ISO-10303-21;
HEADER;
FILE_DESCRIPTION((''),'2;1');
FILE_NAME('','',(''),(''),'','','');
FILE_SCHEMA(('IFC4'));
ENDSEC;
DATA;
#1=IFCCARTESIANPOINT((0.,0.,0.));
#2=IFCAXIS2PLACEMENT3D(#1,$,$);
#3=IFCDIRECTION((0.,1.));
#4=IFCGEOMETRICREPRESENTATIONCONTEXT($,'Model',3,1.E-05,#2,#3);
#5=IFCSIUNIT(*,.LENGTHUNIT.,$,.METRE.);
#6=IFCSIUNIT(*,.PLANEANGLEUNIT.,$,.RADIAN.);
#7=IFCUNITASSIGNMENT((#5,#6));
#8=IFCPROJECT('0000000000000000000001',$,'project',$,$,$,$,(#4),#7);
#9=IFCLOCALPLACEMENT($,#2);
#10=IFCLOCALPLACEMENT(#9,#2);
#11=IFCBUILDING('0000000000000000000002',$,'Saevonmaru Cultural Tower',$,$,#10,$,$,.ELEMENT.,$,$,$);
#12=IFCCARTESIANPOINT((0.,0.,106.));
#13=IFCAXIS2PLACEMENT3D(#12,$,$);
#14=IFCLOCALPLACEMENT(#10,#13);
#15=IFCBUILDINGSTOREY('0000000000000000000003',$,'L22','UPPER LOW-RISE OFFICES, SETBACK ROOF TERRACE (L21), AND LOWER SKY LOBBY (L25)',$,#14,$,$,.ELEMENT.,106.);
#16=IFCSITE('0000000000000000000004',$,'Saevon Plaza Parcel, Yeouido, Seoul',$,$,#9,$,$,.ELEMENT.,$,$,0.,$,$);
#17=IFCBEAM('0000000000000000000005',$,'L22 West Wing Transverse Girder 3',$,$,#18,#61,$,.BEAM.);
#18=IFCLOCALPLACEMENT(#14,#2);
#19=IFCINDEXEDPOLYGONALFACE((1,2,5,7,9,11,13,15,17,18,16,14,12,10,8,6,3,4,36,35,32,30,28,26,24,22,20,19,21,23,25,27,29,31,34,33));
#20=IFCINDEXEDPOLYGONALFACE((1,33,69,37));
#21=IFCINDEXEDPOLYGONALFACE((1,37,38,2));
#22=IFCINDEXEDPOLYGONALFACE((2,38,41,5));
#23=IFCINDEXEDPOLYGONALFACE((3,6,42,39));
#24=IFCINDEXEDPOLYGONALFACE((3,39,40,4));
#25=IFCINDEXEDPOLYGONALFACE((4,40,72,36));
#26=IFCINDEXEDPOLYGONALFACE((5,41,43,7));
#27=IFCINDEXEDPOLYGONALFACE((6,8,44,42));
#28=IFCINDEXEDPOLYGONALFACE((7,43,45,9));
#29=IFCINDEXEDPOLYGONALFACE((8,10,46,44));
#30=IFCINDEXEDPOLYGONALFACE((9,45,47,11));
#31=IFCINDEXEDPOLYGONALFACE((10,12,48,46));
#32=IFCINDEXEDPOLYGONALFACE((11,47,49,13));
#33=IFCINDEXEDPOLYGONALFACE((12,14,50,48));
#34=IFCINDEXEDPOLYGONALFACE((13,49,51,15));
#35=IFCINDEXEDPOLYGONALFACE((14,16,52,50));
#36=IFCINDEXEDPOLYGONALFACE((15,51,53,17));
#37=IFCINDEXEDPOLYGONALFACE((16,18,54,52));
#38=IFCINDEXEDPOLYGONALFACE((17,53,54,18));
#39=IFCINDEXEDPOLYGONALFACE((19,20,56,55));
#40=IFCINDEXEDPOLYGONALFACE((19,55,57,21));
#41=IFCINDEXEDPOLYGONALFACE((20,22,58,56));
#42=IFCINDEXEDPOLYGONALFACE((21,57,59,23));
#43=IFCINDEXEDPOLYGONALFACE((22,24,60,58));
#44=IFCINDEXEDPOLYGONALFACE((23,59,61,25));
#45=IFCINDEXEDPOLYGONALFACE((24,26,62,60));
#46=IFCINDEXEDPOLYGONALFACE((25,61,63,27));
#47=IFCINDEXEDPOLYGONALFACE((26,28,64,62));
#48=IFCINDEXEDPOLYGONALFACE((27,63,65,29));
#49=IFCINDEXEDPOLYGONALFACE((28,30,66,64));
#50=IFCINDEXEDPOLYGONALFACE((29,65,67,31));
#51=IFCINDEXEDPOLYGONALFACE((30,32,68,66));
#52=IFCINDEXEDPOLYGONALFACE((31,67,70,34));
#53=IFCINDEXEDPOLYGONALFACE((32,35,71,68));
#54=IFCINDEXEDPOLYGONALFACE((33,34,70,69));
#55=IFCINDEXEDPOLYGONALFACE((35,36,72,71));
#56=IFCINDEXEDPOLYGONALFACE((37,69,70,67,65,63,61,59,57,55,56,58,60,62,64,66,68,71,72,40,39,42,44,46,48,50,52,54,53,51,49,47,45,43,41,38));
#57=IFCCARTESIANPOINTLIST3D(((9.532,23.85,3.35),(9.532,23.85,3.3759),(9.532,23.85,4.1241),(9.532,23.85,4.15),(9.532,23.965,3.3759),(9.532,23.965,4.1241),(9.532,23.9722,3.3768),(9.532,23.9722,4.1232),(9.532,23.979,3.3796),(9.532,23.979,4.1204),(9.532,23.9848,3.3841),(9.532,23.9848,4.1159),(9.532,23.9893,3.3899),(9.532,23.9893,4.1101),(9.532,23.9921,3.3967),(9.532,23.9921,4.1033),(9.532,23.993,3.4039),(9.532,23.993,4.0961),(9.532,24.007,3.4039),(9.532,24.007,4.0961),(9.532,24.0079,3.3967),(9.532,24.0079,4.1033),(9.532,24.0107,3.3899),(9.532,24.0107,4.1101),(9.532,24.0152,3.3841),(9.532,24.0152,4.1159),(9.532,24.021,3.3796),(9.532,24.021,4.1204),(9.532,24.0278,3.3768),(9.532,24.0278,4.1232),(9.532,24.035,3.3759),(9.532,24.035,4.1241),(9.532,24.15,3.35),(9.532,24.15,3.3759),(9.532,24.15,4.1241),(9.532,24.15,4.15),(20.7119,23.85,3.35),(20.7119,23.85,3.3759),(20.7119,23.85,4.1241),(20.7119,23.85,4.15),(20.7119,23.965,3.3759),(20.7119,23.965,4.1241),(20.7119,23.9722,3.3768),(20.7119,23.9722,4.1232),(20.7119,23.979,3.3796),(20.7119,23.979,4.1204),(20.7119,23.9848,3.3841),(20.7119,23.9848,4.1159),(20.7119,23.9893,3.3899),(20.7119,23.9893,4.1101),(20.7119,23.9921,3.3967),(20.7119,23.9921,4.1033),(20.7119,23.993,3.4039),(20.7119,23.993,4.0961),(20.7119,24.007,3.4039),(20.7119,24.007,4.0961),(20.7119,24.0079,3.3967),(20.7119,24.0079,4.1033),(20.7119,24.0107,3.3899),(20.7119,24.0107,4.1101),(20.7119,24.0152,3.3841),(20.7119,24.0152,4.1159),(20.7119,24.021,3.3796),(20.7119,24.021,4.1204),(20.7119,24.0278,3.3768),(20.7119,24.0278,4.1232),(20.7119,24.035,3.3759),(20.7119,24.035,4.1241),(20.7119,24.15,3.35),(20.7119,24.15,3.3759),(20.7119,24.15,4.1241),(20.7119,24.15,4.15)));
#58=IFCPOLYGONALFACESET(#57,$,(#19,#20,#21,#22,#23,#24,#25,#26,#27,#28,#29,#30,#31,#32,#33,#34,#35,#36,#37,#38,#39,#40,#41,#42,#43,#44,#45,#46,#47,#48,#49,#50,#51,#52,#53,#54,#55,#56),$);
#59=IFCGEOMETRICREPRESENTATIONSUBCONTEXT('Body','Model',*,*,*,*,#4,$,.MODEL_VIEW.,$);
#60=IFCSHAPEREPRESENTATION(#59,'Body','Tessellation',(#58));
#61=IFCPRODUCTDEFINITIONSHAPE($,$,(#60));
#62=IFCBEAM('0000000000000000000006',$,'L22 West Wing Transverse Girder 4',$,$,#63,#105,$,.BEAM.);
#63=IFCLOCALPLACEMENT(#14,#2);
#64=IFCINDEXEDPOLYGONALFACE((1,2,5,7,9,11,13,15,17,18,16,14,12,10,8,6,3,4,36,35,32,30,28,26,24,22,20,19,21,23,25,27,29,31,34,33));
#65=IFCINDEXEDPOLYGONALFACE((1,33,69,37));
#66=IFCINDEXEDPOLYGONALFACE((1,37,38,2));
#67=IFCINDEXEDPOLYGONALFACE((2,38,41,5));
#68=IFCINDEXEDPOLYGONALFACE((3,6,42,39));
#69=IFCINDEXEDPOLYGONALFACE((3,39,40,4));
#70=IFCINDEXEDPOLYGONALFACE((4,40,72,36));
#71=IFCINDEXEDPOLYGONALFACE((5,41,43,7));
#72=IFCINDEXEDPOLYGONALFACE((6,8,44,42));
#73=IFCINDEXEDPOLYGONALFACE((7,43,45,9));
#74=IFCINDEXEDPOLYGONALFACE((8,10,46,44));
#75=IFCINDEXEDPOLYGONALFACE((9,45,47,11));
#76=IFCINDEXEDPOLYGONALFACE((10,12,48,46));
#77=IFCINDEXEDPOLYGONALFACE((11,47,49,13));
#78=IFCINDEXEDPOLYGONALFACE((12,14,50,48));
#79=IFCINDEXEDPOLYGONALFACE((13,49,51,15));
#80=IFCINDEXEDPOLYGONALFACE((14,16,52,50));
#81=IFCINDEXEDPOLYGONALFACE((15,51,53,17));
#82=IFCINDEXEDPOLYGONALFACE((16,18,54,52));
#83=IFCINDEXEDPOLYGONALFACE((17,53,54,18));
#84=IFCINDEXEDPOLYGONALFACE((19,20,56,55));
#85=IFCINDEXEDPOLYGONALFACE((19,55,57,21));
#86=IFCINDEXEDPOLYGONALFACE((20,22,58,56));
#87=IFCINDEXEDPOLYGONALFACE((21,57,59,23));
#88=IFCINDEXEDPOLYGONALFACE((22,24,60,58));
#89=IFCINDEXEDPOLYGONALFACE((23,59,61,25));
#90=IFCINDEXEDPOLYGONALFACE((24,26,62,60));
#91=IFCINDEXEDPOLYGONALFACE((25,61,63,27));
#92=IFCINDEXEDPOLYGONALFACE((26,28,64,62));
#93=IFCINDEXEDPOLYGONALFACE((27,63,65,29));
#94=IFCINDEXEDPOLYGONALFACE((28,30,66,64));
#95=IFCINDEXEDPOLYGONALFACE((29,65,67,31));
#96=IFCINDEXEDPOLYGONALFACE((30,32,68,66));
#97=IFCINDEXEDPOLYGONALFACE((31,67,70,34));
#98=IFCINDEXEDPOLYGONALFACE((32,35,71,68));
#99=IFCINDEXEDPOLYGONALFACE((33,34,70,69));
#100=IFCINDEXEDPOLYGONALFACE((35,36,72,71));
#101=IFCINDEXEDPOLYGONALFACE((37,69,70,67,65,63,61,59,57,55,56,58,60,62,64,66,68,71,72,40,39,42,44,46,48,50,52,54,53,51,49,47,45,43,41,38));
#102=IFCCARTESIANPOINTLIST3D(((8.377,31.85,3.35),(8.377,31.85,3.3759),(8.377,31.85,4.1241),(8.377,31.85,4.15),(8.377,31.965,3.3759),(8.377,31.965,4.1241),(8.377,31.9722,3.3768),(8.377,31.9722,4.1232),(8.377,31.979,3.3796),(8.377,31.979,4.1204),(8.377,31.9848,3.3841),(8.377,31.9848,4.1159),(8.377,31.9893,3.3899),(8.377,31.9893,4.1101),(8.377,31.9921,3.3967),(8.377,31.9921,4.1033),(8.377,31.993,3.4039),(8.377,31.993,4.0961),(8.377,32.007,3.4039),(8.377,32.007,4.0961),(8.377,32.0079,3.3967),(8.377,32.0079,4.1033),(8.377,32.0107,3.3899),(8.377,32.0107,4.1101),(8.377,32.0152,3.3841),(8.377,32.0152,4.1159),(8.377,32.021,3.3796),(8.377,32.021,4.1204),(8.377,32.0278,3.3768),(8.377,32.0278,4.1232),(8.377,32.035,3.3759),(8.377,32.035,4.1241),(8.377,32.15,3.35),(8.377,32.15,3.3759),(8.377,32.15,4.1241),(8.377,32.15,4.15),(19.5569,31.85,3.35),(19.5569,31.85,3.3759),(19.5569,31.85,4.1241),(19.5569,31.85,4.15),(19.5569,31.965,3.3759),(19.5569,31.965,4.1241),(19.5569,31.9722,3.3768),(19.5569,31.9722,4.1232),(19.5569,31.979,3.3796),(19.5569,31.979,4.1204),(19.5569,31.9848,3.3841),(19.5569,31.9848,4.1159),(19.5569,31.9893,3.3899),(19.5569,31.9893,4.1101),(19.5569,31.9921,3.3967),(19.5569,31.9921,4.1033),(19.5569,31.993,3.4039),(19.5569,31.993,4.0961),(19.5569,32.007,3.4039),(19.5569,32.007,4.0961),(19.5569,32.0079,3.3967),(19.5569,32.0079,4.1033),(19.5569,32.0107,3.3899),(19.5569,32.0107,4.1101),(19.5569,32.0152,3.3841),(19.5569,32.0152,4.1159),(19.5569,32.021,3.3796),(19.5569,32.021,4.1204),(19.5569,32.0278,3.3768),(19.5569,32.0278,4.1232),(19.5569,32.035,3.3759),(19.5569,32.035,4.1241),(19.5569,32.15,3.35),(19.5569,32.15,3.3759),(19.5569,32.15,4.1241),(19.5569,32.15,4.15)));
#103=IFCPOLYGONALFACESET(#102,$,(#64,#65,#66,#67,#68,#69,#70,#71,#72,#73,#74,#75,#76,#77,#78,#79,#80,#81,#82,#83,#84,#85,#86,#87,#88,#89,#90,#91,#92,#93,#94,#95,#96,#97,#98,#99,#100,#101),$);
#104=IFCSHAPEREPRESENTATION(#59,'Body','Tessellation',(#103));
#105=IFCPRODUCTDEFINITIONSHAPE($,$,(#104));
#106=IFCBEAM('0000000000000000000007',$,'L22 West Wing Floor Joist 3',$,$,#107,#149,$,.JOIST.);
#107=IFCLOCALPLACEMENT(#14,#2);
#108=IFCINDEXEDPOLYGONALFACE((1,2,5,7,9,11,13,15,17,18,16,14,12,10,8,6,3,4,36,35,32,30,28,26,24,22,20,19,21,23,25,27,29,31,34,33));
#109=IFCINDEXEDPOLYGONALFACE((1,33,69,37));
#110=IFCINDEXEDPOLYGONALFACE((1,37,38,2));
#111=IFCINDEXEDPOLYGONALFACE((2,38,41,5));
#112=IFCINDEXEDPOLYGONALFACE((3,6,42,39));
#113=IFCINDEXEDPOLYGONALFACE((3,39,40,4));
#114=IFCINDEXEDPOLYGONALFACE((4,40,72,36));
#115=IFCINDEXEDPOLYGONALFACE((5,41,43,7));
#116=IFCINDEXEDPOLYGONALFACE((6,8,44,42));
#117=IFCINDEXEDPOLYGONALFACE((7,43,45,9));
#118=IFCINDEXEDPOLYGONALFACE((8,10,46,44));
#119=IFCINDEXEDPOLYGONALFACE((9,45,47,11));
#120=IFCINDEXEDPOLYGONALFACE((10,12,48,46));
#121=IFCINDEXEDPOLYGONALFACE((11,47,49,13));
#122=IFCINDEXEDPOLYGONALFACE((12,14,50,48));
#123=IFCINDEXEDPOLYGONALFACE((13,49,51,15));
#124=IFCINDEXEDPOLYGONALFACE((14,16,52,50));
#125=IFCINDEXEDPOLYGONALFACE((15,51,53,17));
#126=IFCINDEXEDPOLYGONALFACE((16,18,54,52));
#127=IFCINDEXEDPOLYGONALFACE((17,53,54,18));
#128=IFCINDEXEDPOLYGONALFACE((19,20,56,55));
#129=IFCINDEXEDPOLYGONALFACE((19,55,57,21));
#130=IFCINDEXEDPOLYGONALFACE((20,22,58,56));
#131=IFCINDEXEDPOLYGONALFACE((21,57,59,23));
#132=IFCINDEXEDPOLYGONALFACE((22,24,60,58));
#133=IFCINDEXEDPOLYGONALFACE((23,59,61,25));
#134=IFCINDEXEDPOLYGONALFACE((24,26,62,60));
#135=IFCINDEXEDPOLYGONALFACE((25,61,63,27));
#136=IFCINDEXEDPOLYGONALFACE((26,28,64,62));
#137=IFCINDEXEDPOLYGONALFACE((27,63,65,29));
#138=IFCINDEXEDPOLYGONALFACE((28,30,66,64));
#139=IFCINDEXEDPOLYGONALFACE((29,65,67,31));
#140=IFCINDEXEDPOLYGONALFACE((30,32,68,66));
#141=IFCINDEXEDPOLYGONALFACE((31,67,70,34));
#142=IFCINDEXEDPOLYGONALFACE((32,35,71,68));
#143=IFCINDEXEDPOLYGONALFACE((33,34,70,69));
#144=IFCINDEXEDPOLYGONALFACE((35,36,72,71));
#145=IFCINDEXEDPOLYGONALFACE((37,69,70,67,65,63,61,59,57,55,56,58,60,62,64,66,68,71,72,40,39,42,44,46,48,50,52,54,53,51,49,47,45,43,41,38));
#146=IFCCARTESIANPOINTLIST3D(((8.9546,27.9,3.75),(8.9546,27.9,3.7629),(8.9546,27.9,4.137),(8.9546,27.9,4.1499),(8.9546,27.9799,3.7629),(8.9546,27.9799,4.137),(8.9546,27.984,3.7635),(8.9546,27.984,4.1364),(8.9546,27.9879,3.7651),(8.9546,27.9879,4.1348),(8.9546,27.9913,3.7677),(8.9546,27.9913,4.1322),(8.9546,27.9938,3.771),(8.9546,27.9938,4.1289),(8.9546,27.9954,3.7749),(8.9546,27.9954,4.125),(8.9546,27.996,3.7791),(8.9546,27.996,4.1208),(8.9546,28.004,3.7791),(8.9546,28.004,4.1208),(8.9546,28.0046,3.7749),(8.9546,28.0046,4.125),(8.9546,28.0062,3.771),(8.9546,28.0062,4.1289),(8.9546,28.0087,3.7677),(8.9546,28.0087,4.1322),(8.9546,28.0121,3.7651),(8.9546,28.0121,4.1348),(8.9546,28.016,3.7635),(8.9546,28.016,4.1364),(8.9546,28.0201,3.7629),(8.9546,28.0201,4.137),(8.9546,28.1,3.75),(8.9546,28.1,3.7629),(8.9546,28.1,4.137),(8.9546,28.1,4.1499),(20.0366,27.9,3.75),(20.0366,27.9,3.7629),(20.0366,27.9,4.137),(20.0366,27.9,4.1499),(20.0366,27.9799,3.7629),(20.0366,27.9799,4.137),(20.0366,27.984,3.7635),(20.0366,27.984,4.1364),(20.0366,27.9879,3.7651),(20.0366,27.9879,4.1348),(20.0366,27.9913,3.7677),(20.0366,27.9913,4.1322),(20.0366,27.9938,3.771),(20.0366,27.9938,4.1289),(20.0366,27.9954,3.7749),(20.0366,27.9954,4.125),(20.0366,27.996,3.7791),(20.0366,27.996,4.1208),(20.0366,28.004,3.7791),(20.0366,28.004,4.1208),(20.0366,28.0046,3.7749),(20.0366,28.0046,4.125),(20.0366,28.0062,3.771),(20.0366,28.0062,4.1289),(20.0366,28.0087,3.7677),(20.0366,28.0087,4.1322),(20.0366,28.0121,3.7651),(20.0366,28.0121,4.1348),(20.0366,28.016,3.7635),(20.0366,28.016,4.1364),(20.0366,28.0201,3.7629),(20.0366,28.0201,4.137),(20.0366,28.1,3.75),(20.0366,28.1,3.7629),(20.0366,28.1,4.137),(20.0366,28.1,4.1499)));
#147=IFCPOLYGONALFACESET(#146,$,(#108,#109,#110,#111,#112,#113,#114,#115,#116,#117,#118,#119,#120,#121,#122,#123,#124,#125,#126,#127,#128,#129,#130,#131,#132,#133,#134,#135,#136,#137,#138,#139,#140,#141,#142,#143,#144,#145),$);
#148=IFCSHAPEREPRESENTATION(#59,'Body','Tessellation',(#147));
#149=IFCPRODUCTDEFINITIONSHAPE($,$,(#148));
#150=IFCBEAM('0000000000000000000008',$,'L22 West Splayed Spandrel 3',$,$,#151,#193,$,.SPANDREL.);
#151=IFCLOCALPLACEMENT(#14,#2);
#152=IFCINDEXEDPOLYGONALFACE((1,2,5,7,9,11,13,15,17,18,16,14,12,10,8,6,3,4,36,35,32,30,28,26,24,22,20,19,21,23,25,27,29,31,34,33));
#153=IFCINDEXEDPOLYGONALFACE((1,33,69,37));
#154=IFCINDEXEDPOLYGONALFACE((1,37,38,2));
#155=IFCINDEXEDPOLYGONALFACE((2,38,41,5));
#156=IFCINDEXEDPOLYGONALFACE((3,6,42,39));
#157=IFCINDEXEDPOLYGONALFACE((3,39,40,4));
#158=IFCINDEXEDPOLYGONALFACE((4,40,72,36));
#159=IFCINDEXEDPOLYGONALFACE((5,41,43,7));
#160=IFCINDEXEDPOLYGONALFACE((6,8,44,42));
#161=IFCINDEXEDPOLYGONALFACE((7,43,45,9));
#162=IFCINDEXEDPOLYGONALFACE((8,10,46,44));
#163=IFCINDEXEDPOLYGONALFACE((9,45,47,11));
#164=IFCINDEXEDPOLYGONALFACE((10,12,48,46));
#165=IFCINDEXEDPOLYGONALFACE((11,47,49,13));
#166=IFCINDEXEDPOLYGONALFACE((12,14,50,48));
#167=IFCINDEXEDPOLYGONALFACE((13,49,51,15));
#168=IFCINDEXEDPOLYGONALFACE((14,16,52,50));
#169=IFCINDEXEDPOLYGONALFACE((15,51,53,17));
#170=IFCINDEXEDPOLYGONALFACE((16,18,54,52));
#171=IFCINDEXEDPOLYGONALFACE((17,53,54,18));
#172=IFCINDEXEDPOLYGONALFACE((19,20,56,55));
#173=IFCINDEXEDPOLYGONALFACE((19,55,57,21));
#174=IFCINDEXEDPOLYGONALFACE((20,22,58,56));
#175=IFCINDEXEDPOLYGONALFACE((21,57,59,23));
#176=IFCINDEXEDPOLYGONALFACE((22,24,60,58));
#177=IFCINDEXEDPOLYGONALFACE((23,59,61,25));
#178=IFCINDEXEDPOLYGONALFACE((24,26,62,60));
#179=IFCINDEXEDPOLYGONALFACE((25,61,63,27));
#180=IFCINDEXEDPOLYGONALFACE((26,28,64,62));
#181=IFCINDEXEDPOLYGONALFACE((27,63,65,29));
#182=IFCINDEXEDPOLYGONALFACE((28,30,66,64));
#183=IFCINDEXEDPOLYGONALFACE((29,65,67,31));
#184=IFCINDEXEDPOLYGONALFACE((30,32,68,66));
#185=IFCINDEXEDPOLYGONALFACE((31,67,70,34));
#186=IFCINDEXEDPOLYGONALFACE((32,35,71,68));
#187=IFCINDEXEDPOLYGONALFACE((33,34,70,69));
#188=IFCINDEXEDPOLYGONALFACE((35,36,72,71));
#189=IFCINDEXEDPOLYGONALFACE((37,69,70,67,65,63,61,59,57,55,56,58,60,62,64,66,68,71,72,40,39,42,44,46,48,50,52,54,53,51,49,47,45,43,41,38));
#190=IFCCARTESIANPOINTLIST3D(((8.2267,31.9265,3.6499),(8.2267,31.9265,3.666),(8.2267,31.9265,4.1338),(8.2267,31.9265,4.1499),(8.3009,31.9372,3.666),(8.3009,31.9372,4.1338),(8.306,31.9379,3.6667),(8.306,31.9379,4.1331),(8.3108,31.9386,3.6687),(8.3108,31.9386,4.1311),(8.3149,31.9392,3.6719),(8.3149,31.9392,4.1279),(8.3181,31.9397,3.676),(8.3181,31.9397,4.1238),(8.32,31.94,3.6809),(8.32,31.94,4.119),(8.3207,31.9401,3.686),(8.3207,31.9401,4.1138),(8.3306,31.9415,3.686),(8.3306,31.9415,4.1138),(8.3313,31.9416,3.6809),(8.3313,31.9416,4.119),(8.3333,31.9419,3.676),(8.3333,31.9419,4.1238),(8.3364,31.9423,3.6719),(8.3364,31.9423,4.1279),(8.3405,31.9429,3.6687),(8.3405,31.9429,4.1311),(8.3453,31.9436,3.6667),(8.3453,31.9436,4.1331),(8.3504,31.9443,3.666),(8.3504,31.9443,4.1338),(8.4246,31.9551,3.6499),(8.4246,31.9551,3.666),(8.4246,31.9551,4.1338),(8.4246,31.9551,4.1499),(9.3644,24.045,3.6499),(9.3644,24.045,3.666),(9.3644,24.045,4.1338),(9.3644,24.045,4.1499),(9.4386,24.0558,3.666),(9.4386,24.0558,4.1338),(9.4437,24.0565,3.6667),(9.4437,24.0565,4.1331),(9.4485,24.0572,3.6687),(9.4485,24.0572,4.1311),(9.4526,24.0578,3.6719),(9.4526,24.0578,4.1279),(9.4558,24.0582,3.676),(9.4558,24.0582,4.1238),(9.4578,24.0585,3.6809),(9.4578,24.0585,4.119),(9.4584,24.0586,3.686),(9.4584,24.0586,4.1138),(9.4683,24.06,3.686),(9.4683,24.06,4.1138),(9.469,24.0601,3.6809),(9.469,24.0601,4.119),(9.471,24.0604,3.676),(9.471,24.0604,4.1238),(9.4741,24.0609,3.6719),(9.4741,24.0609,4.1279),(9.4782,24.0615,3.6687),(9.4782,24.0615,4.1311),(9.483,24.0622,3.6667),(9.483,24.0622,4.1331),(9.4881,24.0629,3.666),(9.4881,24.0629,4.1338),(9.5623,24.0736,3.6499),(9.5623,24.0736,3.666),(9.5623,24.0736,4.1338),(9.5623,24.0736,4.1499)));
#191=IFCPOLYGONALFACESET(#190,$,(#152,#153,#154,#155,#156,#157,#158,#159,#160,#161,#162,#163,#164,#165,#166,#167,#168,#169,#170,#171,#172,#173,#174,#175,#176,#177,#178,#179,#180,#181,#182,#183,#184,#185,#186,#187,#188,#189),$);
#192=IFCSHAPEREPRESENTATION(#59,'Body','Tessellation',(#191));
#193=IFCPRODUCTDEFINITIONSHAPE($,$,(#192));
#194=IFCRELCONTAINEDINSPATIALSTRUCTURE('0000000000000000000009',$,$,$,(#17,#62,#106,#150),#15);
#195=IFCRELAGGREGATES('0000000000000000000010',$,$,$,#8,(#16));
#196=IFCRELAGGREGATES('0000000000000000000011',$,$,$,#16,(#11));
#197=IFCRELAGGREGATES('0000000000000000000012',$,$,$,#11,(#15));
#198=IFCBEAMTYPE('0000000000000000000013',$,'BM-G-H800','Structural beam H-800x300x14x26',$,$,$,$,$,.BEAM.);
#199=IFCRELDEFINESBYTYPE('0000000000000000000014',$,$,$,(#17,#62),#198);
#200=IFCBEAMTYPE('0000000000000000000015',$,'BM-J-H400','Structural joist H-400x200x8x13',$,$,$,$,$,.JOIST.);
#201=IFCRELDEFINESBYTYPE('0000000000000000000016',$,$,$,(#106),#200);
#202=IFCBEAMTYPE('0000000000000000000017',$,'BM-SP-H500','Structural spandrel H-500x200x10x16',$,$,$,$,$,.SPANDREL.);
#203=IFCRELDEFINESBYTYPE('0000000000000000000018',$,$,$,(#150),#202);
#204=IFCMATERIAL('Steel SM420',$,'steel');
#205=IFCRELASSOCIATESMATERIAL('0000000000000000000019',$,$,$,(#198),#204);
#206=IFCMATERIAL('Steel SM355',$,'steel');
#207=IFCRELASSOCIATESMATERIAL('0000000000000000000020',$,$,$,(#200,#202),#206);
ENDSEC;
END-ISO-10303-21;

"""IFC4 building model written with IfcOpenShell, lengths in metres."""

from ifc_helpers import new_model, si_unit, direction, frame, origin, origin_2d, place, context, subcontext, project, spatial, i_section, extrude, material, material_profile, profile_set, type_object, element, save


model = new_model("IFC4")

# Units and contexts
model_context = context("Model", 3, precision=1e-05, world=origin(), true_north=direction((0.0, 1.0)))
body_context = subcontext(model_context, "Body", "Model", "MODEL_VIEW")
ifc_project = project(units=[si_unit("LENGTHUNIT", "METRE"), si_unit("PLANEANGLEUNIT", "RADIAN")], contexts=[model_context])

# Site, building, storey
site_placement = place(None, origin())
site = spatial("IfcSite", under=ifc_project, at=site_placement, Name="Saevon Plaza Parcel, Yeouido, Seoul", CompositionType="ELEMENT", RefElevation=0.0)
building_placement = place(site_placement, origin())
building = spatial("IfcBuilding", under=site, at=building_placement, Name="Saevonmaru Cultural Tower", CompositionType="ELEMENT")
storey_placement = place(building_placement, frame((0.0, 0.0, 106.0)))
storey = spatial("IfcBuildingStorey", under=building, at=storey_placement, Name="L22", Description="UPPER LOW-RISE OFFICES, SETBACK ROOF TERRACE (L21), AND LOWER SKY LOBBY (L25)", CompositionType="ELEMENT", Elevation=106.0)

# Shared definitions
ifc_material_1 = material(Name="Steel SM420", Category="steel")
ifc_material_2 = material(Name="Steel SM355", Category="steel")

# Beams
ifc_material_profile_1 = material_profile(ifc_material_1, i_section(OverallWidth=0.3, OverallDepth=0.8, WebThickness=0.0139, FlangeThickness=0.0259, FilletRadius=0.0281, at=origin_2d()), Name="H-800x300x14x26")
ifc_profile_set_1 = profile_set([ifc_material_profile_1], Name="Steel SM420")
beam_type_1 = type_object("IfcBeamType", Name="BM-G-H800", Description="Structural beam H-800x300x14x26", PredefinedType="BEAM", material=ifc_profile_set_1)
for number, where, z_axis, x_axis, name in (
    (1, (9.532, 24.0, 3.75), (1.0, 0.0, 0.0), (0.0, 1.0, 0.0), "L22 West Wing Transverse Girder 3"),
    (2, (8.377, 32.0, 3.75), (1.0, 0.0, 0.0), (0.0, 1.0, 0.0), "L22 West Wing Transverse Girder 4"),
):
    element("IfcBeam", number, at=place(storey_placement, frame(where, z_axis=z_axis, x_axis=x_axis)), inside=storey, type_object=beam_type_1, Name=name, PredefinedType="BEAM", context=body_context, shape_type="SweptSolid", body=[
        extrude(i_section(OverallWidth=0.3, OverallDepth=0.8, WebThickness=0.0139, FlangeThickness=0.0259, FilletRadius=0.0281, at=origin_2d()), origin(), (0.0, 0.0, 1.0), 11.1799),
    ])
ifc_material_profile_2 = material_profile(ifc_material_2, i_section(OverallWidth=0.2, OverallDepth=0.3999, WebThickness=0.0081, FlangeThickness=0.0129, FilletRadius=0.0161, at=origin_2d()), Name="H-400x200x8x13")
ifc_profile_set_2 = profile_set([ifc_material_profile_2], Name="Steel SM355")
beam_type_2 = type_object("IfcBeamType", Name="BM-J-H400", Description="Structural joist H-400x200x8x13", PredefinedType="JOIST", material=ifc_profile_set_2)
beam_1_placement = place(storey_placement, frame((8.9546, 28.0, 3.95), z_axis=(1.0, 0.0, 0.0), x_axis=(0.0, 1.0, 0.0)))
element("IfcBeam", 3, at=beam_1_placement, inside=storey, type_object=beam_type_2, Name="L22 West Wing Floor Joist 3", PredefinedType="JOIST", context=body_context, shape_type="SweptSolid", body=[
    extrude(i_section(OverallWidth=0.2, OverallDepth=0.3999, WebThickness=0.0081, FlangeThickness=0.0129, FilletRadius=0.0161, at=origin_2d()), origin(), (0.0, 0.0, 1.0), 11.082),
])
ifc_material_profile_3 = material_profile(ifc_material_2, i_section(OverallWidth=0.2, OverallDepth=0.5, WebThickness=0.01, FlangeThickness=0.0161, FilletRadius=0.02, at=origin_2d()), Name="H-500x200x10x16")
ifc_profile_set_3 = profile_set([ifc_material_profile_3], Name="Steel SM355")
beam_type_3 = type_object("IfcBeamType", Name="BM-SP-H500", Description="Structural spandrel H-500x200x10x16", PredefinedType="SPANDREL", material=ifc_profile_set_3)
beam_2_placement = place(storey_placement, frame((9.4634, 24.0593, 3.8999), z_axis=(-0.142872, 0.989741, 0.0), x_axis=(-0.989741, -0.142872, 0.0)))
element("IfcBeam", 4, at=beam_2_placement, inside=storey, type_object=beam_type_3, Name="L22 West Splayed Spandrel 3", PredefinedType="SPANDREL", context=body_context, shape_type="SweptSolid", body=[
    extrude(i_section(OverallWidth=0.2, OverallDepth=0.5, WebThickness=0.01, FlangeThickness=0.0161, FilletRadius=0.02, at=origin_2d()), origin(), (0.0, 0.0, 1.0), 7.9631),
])

save(model, "model.ifc")
